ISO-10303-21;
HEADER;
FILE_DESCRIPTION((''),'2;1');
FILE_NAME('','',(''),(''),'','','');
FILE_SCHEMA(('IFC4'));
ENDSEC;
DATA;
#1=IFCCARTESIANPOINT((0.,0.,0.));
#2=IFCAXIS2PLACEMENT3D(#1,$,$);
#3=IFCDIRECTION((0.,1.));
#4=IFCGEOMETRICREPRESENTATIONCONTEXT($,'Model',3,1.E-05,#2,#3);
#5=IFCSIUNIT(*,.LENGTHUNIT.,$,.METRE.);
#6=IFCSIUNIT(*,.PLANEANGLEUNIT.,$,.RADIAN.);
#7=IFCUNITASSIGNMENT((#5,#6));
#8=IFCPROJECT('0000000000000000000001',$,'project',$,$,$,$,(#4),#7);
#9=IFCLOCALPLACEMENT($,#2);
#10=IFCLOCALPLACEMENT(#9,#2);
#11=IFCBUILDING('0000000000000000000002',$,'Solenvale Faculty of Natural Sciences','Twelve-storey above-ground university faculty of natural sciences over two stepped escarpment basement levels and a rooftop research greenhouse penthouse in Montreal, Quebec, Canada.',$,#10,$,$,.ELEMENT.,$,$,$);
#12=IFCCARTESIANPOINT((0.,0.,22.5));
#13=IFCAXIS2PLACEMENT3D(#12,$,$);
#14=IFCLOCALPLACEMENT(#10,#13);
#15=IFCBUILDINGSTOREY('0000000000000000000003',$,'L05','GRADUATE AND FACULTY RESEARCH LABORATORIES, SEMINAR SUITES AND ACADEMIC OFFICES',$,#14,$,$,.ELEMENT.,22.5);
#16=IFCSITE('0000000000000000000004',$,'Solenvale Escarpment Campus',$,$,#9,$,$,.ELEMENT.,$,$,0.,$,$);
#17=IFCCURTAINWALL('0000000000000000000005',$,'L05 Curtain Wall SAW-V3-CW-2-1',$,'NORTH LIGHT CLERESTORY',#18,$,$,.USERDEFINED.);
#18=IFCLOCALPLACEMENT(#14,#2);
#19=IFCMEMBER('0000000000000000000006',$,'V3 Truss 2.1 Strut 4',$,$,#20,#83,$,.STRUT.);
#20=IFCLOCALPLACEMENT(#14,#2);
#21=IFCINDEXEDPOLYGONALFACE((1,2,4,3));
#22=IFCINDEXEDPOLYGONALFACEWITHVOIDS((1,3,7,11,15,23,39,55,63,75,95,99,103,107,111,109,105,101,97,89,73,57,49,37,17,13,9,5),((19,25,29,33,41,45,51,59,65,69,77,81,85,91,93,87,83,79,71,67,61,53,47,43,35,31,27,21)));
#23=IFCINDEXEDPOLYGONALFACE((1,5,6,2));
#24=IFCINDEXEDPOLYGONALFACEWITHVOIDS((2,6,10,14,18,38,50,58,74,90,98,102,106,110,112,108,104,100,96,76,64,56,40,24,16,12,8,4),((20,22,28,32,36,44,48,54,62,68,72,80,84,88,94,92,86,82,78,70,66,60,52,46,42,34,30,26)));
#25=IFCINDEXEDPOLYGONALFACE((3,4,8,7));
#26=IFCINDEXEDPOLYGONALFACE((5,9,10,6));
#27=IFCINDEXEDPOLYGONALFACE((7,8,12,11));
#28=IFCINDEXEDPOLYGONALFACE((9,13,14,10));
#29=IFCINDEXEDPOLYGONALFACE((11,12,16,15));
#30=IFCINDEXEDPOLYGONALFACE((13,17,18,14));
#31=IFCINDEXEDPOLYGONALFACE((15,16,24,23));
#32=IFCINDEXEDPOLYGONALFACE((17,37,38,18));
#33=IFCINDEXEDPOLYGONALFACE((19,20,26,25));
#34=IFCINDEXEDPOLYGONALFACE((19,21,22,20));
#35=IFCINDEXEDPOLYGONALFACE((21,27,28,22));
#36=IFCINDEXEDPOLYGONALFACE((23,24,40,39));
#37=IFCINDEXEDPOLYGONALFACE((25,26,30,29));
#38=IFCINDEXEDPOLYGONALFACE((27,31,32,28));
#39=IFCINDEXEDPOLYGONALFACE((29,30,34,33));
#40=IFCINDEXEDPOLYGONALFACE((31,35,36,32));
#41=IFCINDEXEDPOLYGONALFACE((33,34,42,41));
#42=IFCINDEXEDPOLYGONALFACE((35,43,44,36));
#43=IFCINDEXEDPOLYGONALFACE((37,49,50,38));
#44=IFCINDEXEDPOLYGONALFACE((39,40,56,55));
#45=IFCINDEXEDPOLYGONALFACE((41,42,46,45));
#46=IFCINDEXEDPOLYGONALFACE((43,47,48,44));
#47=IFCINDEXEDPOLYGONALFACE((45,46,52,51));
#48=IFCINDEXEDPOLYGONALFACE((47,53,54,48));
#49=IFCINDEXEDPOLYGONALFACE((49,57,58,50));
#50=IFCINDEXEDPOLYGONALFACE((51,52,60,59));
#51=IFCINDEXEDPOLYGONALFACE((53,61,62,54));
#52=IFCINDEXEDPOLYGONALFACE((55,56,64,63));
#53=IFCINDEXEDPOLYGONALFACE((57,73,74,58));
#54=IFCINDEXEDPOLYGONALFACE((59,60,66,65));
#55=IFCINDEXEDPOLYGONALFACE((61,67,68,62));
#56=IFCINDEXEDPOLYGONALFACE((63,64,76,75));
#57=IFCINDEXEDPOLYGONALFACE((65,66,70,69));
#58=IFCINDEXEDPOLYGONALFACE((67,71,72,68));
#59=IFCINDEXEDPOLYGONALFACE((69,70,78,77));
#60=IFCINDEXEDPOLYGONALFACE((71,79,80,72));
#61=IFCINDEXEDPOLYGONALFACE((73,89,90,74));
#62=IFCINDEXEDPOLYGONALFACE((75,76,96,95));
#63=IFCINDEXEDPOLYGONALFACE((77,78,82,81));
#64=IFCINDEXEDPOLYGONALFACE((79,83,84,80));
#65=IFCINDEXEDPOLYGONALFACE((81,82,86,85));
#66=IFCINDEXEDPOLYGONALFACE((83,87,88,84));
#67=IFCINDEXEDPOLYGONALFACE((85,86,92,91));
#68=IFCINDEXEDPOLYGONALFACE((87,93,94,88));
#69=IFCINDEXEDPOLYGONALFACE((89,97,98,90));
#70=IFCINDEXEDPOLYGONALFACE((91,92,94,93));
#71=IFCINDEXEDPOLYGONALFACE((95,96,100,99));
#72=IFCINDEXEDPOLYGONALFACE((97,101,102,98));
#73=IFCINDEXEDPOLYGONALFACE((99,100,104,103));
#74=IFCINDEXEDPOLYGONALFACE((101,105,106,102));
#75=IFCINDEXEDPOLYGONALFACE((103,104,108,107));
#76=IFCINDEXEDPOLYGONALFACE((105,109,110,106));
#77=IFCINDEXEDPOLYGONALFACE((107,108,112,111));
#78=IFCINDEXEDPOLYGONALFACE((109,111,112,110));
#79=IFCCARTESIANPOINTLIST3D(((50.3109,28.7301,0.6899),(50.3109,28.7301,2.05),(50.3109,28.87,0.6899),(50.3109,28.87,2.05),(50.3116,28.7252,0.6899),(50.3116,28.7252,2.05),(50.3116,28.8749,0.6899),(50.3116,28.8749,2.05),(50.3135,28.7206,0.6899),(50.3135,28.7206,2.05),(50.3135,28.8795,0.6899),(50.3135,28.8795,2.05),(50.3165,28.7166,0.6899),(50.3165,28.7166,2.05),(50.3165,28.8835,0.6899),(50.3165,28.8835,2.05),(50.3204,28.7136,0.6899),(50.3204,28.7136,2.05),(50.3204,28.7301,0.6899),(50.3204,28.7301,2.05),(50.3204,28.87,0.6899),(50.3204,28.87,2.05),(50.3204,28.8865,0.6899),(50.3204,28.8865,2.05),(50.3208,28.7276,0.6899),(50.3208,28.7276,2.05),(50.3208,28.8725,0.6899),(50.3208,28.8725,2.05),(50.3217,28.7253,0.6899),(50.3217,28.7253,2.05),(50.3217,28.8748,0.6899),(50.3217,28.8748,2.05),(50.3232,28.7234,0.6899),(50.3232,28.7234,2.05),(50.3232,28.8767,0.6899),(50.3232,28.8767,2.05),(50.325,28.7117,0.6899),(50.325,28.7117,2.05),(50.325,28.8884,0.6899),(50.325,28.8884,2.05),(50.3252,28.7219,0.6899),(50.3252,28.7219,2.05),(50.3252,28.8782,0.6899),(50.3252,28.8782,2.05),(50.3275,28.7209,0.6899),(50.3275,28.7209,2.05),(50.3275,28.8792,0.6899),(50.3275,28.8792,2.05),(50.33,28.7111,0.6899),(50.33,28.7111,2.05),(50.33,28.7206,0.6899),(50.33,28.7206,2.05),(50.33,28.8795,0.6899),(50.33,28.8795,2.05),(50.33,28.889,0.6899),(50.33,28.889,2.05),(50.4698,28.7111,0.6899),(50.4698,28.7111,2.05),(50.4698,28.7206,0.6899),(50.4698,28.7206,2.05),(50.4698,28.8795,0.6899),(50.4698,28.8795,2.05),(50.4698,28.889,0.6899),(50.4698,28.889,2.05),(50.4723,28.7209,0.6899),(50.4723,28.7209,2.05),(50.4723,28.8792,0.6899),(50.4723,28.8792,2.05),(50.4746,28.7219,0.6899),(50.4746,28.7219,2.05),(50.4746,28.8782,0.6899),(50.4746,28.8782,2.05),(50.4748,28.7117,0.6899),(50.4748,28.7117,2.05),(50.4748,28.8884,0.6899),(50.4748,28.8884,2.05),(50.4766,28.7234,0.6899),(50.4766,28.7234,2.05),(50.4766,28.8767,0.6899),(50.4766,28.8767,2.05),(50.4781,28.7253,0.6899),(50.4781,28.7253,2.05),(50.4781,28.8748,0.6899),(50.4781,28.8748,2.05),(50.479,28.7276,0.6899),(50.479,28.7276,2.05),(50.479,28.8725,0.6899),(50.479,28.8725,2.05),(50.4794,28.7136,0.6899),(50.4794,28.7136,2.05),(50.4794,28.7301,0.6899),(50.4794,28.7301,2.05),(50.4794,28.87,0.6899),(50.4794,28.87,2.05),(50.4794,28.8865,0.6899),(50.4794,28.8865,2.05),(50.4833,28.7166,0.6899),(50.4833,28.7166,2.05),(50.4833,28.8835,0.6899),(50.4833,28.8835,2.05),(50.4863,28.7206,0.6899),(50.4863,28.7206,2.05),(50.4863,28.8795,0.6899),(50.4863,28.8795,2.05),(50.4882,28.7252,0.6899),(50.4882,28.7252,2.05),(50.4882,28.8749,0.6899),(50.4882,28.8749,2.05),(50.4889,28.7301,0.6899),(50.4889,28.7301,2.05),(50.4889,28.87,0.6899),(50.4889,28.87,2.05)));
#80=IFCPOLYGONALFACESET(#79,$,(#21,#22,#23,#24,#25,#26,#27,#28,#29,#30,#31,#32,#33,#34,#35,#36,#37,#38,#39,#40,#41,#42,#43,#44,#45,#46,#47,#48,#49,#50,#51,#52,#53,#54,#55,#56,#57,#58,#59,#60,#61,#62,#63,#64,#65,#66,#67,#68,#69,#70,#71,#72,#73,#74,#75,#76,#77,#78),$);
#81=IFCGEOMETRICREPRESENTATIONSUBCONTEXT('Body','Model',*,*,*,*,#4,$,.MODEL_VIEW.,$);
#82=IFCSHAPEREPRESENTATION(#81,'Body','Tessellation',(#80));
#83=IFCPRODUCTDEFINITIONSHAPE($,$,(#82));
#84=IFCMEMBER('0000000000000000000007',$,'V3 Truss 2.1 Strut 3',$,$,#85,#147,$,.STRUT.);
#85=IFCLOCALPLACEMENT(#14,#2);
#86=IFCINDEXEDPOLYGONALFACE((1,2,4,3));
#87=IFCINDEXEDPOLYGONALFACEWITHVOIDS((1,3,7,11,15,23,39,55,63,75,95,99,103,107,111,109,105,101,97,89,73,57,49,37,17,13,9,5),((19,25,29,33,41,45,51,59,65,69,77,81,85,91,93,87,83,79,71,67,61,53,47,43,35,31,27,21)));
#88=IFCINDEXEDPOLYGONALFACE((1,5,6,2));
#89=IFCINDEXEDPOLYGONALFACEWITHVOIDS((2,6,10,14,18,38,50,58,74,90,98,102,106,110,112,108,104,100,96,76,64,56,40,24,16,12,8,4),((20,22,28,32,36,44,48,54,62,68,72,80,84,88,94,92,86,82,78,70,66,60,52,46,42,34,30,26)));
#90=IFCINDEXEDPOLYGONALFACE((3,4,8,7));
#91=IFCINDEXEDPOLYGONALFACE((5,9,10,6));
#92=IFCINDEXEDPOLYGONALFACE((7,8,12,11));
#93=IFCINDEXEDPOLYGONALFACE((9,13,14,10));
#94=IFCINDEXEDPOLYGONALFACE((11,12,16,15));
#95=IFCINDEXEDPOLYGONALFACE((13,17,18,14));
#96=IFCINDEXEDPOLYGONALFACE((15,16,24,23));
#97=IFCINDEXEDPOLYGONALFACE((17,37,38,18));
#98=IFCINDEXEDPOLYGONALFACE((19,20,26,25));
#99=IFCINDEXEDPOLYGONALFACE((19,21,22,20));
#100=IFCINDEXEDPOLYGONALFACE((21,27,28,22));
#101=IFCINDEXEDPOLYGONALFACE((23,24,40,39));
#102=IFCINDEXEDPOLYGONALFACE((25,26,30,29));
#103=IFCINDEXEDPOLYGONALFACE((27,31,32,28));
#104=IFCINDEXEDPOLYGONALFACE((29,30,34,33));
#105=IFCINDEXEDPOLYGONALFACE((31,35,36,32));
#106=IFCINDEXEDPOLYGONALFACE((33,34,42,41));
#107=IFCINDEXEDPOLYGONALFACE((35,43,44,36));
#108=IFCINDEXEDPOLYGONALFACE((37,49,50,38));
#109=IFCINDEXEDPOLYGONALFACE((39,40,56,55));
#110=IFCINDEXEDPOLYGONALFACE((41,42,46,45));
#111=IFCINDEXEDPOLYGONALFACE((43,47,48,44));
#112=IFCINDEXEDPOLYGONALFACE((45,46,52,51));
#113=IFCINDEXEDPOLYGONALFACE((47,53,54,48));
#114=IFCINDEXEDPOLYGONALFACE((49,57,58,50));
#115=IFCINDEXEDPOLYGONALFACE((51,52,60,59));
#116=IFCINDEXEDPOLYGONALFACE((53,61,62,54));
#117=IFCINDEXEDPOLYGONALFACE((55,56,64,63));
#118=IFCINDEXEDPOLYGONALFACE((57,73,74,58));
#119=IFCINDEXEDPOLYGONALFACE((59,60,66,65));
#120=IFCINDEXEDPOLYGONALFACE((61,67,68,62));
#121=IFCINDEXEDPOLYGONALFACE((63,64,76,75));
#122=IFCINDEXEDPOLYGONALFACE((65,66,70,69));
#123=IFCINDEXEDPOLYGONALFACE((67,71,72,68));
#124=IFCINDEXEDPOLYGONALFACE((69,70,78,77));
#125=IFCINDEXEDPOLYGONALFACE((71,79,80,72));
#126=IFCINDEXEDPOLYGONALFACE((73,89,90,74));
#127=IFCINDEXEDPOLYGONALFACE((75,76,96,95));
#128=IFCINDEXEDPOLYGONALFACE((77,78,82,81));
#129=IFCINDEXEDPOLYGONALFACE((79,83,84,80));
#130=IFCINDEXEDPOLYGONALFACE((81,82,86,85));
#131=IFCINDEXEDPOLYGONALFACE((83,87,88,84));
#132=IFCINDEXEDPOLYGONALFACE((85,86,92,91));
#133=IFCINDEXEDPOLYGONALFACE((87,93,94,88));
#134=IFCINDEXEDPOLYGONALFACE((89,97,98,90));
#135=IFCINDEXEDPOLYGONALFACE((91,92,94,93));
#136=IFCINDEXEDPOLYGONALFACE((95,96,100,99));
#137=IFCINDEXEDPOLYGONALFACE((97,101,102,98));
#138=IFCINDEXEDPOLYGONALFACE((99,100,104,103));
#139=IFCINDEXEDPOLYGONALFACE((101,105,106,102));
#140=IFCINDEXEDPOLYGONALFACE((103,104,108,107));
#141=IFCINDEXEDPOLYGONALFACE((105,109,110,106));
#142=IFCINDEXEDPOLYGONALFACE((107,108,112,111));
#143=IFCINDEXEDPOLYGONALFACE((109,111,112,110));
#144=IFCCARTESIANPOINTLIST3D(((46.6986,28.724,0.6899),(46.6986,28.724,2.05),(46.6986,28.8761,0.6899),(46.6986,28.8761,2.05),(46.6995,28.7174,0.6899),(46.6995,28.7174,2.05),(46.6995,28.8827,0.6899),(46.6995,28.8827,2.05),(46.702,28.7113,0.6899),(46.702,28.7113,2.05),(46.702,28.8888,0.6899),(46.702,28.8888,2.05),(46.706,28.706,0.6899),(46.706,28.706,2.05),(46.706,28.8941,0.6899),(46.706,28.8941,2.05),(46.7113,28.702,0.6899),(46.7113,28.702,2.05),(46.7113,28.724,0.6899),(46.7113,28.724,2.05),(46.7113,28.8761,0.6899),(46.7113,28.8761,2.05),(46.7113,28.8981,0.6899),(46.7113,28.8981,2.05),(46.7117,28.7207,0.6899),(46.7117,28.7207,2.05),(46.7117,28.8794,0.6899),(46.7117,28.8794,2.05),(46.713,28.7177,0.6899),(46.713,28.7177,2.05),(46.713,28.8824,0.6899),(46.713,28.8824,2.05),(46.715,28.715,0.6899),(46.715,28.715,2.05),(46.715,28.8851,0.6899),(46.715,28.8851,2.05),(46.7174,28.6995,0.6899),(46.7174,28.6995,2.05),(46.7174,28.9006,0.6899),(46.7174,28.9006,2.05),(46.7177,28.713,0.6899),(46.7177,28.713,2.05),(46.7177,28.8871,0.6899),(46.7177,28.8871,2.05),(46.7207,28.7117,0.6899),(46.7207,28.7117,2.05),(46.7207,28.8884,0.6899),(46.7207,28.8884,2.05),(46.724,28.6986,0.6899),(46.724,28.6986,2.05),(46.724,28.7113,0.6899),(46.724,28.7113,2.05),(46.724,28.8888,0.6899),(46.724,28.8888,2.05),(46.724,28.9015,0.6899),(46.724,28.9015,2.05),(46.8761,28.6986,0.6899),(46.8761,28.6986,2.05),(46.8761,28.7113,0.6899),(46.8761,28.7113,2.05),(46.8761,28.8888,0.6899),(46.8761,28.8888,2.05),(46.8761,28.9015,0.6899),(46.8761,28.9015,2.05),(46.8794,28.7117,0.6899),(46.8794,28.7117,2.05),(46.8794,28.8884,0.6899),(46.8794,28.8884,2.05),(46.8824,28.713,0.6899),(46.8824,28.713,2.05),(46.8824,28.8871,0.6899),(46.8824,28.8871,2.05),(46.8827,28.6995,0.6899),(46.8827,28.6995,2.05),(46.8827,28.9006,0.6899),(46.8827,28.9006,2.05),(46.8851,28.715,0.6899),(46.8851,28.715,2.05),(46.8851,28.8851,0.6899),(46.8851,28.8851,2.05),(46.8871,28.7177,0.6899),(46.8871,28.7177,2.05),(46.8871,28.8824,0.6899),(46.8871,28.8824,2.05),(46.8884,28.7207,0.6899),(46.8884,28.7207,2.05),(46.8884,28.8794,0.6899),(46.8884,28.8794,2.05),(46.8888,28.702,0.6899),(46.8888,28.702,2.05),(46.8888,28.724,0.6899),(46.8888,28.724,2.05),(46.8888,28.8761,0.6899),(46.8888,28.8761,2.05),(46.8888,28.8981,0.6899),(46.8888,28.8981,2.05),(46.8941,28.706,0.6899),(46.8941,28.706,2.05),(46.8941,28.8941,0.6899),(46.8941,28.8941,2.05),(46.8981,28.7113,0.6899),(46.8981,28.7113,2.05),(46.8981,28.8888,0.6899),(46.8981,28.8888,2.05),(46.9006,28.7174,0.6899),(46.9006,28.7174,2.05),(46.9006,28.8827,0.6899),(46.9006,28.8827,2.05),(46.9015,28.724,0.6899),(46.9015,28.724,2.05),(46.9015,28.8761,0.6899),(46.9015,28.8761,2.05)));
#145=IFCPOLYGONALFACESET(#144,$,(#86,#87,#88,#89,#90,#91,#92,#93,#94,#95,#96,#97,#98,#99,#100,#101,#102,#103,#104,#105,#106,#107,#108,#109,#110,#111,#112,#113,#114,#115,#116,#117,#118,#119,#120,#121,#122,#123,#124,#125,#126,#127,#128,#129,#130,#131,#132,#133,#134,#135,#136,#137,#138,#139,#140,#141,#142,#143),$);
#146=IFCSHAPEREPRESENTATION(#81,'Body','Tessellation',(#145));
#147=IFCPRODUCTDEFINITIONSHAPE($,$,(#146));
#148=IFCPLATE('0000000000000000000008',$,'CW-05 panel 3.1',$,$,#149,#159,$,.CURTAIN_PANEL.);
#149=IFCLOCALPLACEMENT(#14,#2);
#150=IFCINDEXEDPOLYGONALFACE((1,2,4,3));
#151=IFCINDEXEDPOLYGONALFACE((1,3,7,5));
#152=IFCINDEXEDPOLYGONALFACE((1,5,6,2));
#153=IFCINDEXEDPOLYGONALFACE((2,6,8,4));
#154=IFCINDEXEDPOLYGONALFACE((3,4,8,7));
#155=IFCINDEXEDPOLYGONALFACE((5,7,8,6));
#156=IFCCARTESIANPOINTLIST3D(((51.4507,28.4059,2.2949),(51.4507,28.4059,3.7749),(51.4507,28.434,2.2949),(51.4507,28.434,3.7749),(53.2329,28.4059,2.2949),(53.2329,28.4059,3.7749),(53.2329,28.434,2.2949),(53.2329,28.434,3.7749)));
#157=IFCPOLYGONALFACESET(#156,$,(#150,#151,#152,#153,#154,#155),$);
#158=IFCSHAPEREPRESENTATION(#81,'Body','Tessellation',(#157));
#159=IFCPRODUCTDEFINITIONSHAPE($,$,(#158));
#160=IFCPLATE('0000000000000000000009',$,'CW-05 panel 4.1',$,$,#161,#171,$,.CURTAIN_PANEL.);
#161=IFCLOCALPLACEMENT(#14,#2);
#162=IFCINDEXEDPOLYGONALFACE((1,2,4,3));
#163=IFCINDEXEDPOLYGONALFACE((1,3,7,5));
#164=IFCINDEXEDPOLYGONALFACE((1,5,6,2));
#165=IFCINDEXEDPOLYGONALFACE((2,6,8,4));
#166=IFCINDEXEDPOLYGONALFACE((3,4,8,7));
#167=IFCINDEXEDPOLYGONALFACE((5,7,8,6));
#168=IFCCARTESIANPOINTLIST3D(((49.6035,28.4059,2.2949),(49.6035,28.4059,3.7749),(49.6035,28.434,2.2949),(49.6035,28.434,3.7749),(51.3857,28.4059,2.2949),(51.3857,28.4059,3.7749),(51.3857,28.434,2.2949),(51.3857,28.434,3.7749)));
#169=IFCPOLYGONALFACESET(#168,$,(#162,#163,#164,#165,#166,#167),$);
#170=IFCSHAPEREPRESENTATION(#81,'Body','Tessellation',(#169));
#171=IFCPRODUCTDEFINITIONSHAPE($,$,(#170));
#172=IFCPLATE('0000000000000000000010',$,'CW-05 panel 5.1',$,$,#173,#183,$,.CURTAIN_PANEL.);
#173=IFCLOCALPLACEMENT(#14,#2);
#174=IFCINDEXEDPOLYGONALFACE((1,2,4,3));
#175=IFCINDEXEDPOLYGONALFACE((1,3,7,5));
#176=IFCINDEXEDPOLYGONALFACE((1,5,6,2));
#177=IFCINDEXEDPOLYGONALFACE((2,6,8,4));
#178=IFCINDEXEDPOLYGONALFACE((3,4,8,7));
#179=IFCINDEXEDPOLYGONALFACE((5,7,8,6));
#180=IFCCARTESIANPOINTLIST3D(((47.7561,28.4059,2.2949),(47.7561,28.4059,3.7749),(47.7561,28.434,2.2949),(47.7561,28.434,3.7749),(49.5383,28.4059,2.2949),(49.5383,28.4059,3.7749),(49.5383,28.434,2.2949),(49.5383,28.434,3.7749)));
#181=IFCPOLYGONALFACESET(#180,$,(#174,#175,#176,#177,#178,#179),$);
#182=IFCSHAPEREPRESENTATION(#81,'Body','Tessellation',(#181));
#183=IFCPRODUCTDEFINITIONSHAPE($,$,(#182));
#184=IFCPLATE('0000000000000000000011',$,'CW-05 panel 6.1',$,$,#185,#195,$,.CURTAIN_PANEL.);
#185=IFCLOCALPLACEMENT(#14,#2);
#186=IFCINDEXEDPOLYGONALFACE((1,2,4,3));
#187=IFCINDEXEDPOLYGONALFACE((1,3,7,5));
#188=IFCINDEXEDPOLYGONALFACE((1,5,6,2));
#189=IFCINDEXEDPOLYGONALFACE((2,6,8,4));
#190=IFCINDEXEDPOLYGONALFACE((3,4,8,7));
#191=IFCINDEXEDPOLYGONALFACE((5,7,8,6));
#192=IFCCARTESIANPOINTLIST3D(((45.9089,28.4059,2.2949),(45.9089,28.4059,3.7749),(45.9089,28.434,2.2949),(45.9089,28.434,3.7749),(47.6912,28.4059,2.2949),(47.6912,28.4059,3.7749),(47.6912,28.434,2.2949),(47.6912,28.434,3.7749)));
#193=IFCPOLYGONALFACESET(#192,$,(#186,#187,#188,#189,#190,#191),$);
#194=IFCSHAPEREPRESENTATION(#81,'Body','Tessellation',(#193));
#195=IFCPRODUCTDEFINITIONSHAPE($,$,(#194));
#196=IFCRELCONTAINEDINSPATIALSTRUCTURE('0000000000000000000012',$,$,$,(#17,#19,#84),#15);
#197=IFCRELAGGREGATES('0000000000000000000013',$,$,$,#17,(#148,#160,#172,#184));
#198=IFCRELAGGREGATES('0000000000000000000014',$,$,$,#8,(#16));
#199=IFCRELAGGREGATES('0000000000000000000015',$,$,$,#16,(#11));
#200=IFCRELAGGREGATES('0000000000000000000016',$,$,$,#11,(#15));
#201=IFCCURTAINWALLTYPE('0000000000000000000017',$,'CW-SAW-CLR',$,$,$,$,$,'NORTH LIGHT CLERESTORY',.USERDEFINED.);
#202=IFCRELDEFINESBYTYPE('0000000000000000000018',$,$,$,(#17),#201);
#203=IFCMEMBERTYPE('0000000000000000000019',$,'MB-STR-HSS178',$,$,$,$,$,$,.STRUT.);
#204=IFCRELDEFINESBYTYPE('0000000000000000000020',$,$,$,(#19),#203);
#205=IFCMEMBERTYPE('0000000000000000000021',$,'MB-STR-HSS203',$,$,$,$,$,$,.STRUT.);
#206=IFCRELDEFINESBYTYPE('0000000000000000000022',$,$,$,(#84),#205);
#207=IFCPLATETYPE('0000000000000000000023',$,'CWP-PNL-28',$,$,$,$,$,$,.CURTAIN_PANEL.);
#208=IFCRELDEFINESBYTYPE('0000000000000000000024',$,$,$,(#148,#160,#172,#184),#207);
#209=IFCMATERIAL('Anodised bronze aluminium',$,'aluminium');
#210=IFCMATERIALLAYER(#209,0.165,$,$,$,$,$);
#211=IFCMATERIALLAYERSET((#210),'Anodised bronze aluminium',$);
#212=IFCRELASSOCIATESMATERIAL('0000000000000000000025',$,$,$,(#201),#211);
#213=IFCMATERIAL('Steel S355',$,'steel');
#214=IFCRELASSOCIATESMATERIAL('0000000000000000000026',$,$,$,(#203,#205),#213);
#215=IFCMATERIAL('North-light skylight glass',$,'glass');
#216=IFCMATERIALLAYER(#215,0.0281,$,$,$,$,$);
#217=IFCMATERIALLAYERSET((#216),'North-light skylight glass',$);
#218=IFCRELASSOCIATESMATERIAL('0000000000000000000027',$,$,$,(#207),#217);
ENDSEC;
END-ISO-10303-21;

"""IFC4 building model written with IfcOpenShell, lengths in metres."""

from ifc_helpers import new_model, si_unit, direction, frame, origin, origin_2d, place, context, subcontext, project, spatial, rectangle, hollow_rectangle, extrude, material, layer, layer_set, material_profile, profile_set, type_object, element, aggregate, save


model = new_model("IFC4")

# Units and contexts
model_context = context("Model", 3, precision=1e-05, world=origin(), true_north=direction((0.0, 1.0)))
body_context = subcontext(model_context, "Body", "Model", "MODEL_VIEW")
ifc_project = project(units=[si_unit("LENGTHUNIT", "METRE"), si_unit("PLANEANGLEUNIT", "RADIAN")], contexts=[model_context])

# Site, building, storey
site_placement = place(None, origin())
site = spatial("IfcSite", under=ifc_project, at=site_placement, Name="Solenvale Escarpment Campus", CompositionType="ELEMENT", RefElevation=0.0)
building_placement = place(site_placement, origin())
building = spatial("IfcBuilding", under=site, at=building_placement, Name="Solenvale Faculty of Natural Sciences", Description="Twelve-storey above-ground university faculty of natural sciences over two stepped escarpment basement levels and a rooftop research greenhouse penthouse in Montreal, Quebec, Canada.", CompositionType="ELEMENT")
storey_placement = place(building_placement, frame((0.0, 0.0, 22.5)))
storey = spatial("IfcBuildingStorey", under=building, at=storey_placement, Name="L05", Description="GRADUATE AND FACULTY RESEARCH LABORATORIES, SEMINAR SUITES AND ACADEMIC OFFICES", CompositionType="ELEMENT", Elevation=22.5)

# Curtain wall
ifc_material_1 = material(Name="Anodised bronze aluminium", Category="aluminium")
ifc_layer_1 = layer(ifc_material_1, 0.165)
ifc_layer_set_1 = layer_set([ifc_layer_1], Name="Anodised bronze aluminium")
curtain_wall_type = type_object("IfcCurtainWallType", Name="CW-SAW-CLR", ElementType="NORTH LIGHT CLERESTORY", PredefinedType="USERDEFINED", material=ifc_layer_set_1)
curtain_wall_1_placement = place(storey_placement, origin())
curtain_wall_1 = element("IfcCurtainWall", 1, at=curtain_wall_1_placement, inside=storey, type_object=curtain_wall_type, Name="L05 Curtain Wall SAW-V3-CW-2-1", ObjectType="NORTH LIGHT CLERESTORY", PredefinedType="USERDEFINED")

# Members
ifc_material_2 = material(Name="Steel S355", Category="steel")
ifc_material_profile_1 = material_profile(ifc_material_2, hollow_rectangle(XDim=0.178, YDim=0.178, WallThickness=0.0095, InnerFilletRadius=0.0095, OuterFilletRadius=0.019, at=origin_2d()), Name="HSS178x178x9.5")
ifc_profile_set_1 = profile_set([ifc_material_profile_1], Name="Steel S355")
member_type_1 = type_object("IfcMemberType", Name="MB-STR-HSS178", PredefinedType="STRUT", material=ifc_profile_set_1)
member_1_placement = place(storey_placement, frame((50.3999, 28.8, 0.6899), z_axis=(0.0, 0.0, 1.0), x_axis=(1.0, 0.0, 0.0)))
element("IfcMember", 2, at=member_1_placement, inside=storey, type_object=member_type_1, Name="V3 Truss 2.1 Strut 4", PredefinedType="STRUT", context=body_context, shape_type="SweptSolid", body=[
    extrude(hollow_rectangle(XDim=0.178, YDim=0.178, WallThickness=0.0095, InnerFilletRadius=0.0095, OuterFilletRadius=0.019, at=origin_2d()), origin(), (0.0, 0.0, 1.0), 1.3601),
])
ifc_material_profile_2 = material_profile(ifc_material_2, hollow_rectangle(XDim=0.2029, YDim=0.2029, WallThickness=0.0127, InnerFilletRadius=0.0127, OuterFilletRadius=0.0254, at=origin_2d()), Name="HSS203x203x13")
ifc_profile_set_2 = profile_set([ifc_material_profile_2], Name="Steel S355")
member_type_2 = type_object("IfcMemberType", Name="MB-STR-HSS203", PredefinedType="STRUT", material=ifc_profile_set_2)
member_2_placement = place(storey_placement, frame((46.8, 28.8, 0.6899), z_axis=(0.0, 0.0, 1.0), x_axis=(1.0, 0.0, 0.0)))
element("IfcMember", 3, at=member_2_placement, inside=storey, type_object=member_type_2, Name="V3 Truss 2.1 Strut 3", PredefinedType="STRUT", context=body_context, shape_type="SweptSolid", body=[
    extrude(hollow_rectangle(XDim=0.2029, YDim=0.2029, WallThickness=0.0127, InnerFilletRadius=0.0127, OuterFilletRadius=0.0254, at=origin_2d()), origin(), (0.0, 0.0, 1.0), 1.3601),
])

# Plates
ifc_material_3 = material(Name="North-light skylight glass", Category="glass")
ifc_layer_2 = layer(ifc_material_3, 0.0281)
ifc_layer_set_2 = layer_set([ifc_layer_2], Name="North-light skylight glass")
plate_type_1 = type_object("IfcPlateType", Name="CWP-PNL-28", PredefinedType="CURTAIN_PANEL", material=ifc_layer_set_2)
plate_1_placement = place(storey_placement, frame((52.3418, 28.4199, 2.2949), z_axis=(0.0, 0.0, 1.0), x_axis=(-1.0, 0.0, 0.0)))
plate_1 = element("IfcPlate", 4, at=plate_1_placement, type_object=plate_type_1, Name="CW-05 panel 3.1", PredefinedType="CURTAIN_PANEL", context=body_context, shape_type="SweptSolid", body=[
    extrude(rectangle(XDim=1.7822, YDim=0.0281, at=origin_2d()), origin(), (0.0, 0.0, 1.0), 1.48),
])
plate_2_placement = place(storey_placement, frame((50.4946, 28.4199, 2.2949), z_axis=(0.0, 0.0, 1.0), x_axis=(-1.0, 0.0, 0.0)))
plate_2 = element("IfcPlate", 5, at=plate_2_placement, type_object=plate_type_1, Name="CW-05 panel 4.1", PredefinedType="CURTAIN_PANEL", context=body_context, shape_type="SweptSolid", body=[
    extrude(rectangle(XDim=1.7822, YDim=0.0281, at=origin_2d()), origin(), (0.0, 0.0, 1.0), 1.48),
])
plate_3_placement = place(storey_placement, frame((48.6472, 28.4199, 2.2949), z_axis=(0.0, 0.0, 1.0), x_axis=(-1.0, 0.0, 0.0)))
plate_3 = element("IfcPlate", 6, at=plate_3_placement, type_object=plate_type_1, Name="CW-05 panel 5.1", PredefinedType="CURTAIN_PANEL", context=body_context, shape_type="SweptSolid", body=[
    extrude(rectangle(XDim=1.7822, YDim=0.0281, at=origin_2d()), origin(), (0.0, 0.0, 1.0), 1.48),
])
plate_4_placement = place(storey_placement, frame((46.8, 28.4199, 2.2949), z_axis=(0.0, 0.0, 1.0), x_axis=(-1.0, 0.0, 0.0)))
plate_4 = element("IfcPlate", 7, at=plate_4_placement, type_object=plate_type_1, Name="CW-05 panel 6.1", PredefinedType="CURTAIN_PANEL", context=body_context, shape_type="SweptSolid", body=[
    extrude(rectangle(XDim=1.7822, YDim=0.0281, at=origin_2d()), origin(), (0.0, 0.0, 1.0), 1.48),
])
aggregate(curtain_wall_1, [plate_1, plate_2, plate_3, plate_4])

save(model, "model.ifc")
